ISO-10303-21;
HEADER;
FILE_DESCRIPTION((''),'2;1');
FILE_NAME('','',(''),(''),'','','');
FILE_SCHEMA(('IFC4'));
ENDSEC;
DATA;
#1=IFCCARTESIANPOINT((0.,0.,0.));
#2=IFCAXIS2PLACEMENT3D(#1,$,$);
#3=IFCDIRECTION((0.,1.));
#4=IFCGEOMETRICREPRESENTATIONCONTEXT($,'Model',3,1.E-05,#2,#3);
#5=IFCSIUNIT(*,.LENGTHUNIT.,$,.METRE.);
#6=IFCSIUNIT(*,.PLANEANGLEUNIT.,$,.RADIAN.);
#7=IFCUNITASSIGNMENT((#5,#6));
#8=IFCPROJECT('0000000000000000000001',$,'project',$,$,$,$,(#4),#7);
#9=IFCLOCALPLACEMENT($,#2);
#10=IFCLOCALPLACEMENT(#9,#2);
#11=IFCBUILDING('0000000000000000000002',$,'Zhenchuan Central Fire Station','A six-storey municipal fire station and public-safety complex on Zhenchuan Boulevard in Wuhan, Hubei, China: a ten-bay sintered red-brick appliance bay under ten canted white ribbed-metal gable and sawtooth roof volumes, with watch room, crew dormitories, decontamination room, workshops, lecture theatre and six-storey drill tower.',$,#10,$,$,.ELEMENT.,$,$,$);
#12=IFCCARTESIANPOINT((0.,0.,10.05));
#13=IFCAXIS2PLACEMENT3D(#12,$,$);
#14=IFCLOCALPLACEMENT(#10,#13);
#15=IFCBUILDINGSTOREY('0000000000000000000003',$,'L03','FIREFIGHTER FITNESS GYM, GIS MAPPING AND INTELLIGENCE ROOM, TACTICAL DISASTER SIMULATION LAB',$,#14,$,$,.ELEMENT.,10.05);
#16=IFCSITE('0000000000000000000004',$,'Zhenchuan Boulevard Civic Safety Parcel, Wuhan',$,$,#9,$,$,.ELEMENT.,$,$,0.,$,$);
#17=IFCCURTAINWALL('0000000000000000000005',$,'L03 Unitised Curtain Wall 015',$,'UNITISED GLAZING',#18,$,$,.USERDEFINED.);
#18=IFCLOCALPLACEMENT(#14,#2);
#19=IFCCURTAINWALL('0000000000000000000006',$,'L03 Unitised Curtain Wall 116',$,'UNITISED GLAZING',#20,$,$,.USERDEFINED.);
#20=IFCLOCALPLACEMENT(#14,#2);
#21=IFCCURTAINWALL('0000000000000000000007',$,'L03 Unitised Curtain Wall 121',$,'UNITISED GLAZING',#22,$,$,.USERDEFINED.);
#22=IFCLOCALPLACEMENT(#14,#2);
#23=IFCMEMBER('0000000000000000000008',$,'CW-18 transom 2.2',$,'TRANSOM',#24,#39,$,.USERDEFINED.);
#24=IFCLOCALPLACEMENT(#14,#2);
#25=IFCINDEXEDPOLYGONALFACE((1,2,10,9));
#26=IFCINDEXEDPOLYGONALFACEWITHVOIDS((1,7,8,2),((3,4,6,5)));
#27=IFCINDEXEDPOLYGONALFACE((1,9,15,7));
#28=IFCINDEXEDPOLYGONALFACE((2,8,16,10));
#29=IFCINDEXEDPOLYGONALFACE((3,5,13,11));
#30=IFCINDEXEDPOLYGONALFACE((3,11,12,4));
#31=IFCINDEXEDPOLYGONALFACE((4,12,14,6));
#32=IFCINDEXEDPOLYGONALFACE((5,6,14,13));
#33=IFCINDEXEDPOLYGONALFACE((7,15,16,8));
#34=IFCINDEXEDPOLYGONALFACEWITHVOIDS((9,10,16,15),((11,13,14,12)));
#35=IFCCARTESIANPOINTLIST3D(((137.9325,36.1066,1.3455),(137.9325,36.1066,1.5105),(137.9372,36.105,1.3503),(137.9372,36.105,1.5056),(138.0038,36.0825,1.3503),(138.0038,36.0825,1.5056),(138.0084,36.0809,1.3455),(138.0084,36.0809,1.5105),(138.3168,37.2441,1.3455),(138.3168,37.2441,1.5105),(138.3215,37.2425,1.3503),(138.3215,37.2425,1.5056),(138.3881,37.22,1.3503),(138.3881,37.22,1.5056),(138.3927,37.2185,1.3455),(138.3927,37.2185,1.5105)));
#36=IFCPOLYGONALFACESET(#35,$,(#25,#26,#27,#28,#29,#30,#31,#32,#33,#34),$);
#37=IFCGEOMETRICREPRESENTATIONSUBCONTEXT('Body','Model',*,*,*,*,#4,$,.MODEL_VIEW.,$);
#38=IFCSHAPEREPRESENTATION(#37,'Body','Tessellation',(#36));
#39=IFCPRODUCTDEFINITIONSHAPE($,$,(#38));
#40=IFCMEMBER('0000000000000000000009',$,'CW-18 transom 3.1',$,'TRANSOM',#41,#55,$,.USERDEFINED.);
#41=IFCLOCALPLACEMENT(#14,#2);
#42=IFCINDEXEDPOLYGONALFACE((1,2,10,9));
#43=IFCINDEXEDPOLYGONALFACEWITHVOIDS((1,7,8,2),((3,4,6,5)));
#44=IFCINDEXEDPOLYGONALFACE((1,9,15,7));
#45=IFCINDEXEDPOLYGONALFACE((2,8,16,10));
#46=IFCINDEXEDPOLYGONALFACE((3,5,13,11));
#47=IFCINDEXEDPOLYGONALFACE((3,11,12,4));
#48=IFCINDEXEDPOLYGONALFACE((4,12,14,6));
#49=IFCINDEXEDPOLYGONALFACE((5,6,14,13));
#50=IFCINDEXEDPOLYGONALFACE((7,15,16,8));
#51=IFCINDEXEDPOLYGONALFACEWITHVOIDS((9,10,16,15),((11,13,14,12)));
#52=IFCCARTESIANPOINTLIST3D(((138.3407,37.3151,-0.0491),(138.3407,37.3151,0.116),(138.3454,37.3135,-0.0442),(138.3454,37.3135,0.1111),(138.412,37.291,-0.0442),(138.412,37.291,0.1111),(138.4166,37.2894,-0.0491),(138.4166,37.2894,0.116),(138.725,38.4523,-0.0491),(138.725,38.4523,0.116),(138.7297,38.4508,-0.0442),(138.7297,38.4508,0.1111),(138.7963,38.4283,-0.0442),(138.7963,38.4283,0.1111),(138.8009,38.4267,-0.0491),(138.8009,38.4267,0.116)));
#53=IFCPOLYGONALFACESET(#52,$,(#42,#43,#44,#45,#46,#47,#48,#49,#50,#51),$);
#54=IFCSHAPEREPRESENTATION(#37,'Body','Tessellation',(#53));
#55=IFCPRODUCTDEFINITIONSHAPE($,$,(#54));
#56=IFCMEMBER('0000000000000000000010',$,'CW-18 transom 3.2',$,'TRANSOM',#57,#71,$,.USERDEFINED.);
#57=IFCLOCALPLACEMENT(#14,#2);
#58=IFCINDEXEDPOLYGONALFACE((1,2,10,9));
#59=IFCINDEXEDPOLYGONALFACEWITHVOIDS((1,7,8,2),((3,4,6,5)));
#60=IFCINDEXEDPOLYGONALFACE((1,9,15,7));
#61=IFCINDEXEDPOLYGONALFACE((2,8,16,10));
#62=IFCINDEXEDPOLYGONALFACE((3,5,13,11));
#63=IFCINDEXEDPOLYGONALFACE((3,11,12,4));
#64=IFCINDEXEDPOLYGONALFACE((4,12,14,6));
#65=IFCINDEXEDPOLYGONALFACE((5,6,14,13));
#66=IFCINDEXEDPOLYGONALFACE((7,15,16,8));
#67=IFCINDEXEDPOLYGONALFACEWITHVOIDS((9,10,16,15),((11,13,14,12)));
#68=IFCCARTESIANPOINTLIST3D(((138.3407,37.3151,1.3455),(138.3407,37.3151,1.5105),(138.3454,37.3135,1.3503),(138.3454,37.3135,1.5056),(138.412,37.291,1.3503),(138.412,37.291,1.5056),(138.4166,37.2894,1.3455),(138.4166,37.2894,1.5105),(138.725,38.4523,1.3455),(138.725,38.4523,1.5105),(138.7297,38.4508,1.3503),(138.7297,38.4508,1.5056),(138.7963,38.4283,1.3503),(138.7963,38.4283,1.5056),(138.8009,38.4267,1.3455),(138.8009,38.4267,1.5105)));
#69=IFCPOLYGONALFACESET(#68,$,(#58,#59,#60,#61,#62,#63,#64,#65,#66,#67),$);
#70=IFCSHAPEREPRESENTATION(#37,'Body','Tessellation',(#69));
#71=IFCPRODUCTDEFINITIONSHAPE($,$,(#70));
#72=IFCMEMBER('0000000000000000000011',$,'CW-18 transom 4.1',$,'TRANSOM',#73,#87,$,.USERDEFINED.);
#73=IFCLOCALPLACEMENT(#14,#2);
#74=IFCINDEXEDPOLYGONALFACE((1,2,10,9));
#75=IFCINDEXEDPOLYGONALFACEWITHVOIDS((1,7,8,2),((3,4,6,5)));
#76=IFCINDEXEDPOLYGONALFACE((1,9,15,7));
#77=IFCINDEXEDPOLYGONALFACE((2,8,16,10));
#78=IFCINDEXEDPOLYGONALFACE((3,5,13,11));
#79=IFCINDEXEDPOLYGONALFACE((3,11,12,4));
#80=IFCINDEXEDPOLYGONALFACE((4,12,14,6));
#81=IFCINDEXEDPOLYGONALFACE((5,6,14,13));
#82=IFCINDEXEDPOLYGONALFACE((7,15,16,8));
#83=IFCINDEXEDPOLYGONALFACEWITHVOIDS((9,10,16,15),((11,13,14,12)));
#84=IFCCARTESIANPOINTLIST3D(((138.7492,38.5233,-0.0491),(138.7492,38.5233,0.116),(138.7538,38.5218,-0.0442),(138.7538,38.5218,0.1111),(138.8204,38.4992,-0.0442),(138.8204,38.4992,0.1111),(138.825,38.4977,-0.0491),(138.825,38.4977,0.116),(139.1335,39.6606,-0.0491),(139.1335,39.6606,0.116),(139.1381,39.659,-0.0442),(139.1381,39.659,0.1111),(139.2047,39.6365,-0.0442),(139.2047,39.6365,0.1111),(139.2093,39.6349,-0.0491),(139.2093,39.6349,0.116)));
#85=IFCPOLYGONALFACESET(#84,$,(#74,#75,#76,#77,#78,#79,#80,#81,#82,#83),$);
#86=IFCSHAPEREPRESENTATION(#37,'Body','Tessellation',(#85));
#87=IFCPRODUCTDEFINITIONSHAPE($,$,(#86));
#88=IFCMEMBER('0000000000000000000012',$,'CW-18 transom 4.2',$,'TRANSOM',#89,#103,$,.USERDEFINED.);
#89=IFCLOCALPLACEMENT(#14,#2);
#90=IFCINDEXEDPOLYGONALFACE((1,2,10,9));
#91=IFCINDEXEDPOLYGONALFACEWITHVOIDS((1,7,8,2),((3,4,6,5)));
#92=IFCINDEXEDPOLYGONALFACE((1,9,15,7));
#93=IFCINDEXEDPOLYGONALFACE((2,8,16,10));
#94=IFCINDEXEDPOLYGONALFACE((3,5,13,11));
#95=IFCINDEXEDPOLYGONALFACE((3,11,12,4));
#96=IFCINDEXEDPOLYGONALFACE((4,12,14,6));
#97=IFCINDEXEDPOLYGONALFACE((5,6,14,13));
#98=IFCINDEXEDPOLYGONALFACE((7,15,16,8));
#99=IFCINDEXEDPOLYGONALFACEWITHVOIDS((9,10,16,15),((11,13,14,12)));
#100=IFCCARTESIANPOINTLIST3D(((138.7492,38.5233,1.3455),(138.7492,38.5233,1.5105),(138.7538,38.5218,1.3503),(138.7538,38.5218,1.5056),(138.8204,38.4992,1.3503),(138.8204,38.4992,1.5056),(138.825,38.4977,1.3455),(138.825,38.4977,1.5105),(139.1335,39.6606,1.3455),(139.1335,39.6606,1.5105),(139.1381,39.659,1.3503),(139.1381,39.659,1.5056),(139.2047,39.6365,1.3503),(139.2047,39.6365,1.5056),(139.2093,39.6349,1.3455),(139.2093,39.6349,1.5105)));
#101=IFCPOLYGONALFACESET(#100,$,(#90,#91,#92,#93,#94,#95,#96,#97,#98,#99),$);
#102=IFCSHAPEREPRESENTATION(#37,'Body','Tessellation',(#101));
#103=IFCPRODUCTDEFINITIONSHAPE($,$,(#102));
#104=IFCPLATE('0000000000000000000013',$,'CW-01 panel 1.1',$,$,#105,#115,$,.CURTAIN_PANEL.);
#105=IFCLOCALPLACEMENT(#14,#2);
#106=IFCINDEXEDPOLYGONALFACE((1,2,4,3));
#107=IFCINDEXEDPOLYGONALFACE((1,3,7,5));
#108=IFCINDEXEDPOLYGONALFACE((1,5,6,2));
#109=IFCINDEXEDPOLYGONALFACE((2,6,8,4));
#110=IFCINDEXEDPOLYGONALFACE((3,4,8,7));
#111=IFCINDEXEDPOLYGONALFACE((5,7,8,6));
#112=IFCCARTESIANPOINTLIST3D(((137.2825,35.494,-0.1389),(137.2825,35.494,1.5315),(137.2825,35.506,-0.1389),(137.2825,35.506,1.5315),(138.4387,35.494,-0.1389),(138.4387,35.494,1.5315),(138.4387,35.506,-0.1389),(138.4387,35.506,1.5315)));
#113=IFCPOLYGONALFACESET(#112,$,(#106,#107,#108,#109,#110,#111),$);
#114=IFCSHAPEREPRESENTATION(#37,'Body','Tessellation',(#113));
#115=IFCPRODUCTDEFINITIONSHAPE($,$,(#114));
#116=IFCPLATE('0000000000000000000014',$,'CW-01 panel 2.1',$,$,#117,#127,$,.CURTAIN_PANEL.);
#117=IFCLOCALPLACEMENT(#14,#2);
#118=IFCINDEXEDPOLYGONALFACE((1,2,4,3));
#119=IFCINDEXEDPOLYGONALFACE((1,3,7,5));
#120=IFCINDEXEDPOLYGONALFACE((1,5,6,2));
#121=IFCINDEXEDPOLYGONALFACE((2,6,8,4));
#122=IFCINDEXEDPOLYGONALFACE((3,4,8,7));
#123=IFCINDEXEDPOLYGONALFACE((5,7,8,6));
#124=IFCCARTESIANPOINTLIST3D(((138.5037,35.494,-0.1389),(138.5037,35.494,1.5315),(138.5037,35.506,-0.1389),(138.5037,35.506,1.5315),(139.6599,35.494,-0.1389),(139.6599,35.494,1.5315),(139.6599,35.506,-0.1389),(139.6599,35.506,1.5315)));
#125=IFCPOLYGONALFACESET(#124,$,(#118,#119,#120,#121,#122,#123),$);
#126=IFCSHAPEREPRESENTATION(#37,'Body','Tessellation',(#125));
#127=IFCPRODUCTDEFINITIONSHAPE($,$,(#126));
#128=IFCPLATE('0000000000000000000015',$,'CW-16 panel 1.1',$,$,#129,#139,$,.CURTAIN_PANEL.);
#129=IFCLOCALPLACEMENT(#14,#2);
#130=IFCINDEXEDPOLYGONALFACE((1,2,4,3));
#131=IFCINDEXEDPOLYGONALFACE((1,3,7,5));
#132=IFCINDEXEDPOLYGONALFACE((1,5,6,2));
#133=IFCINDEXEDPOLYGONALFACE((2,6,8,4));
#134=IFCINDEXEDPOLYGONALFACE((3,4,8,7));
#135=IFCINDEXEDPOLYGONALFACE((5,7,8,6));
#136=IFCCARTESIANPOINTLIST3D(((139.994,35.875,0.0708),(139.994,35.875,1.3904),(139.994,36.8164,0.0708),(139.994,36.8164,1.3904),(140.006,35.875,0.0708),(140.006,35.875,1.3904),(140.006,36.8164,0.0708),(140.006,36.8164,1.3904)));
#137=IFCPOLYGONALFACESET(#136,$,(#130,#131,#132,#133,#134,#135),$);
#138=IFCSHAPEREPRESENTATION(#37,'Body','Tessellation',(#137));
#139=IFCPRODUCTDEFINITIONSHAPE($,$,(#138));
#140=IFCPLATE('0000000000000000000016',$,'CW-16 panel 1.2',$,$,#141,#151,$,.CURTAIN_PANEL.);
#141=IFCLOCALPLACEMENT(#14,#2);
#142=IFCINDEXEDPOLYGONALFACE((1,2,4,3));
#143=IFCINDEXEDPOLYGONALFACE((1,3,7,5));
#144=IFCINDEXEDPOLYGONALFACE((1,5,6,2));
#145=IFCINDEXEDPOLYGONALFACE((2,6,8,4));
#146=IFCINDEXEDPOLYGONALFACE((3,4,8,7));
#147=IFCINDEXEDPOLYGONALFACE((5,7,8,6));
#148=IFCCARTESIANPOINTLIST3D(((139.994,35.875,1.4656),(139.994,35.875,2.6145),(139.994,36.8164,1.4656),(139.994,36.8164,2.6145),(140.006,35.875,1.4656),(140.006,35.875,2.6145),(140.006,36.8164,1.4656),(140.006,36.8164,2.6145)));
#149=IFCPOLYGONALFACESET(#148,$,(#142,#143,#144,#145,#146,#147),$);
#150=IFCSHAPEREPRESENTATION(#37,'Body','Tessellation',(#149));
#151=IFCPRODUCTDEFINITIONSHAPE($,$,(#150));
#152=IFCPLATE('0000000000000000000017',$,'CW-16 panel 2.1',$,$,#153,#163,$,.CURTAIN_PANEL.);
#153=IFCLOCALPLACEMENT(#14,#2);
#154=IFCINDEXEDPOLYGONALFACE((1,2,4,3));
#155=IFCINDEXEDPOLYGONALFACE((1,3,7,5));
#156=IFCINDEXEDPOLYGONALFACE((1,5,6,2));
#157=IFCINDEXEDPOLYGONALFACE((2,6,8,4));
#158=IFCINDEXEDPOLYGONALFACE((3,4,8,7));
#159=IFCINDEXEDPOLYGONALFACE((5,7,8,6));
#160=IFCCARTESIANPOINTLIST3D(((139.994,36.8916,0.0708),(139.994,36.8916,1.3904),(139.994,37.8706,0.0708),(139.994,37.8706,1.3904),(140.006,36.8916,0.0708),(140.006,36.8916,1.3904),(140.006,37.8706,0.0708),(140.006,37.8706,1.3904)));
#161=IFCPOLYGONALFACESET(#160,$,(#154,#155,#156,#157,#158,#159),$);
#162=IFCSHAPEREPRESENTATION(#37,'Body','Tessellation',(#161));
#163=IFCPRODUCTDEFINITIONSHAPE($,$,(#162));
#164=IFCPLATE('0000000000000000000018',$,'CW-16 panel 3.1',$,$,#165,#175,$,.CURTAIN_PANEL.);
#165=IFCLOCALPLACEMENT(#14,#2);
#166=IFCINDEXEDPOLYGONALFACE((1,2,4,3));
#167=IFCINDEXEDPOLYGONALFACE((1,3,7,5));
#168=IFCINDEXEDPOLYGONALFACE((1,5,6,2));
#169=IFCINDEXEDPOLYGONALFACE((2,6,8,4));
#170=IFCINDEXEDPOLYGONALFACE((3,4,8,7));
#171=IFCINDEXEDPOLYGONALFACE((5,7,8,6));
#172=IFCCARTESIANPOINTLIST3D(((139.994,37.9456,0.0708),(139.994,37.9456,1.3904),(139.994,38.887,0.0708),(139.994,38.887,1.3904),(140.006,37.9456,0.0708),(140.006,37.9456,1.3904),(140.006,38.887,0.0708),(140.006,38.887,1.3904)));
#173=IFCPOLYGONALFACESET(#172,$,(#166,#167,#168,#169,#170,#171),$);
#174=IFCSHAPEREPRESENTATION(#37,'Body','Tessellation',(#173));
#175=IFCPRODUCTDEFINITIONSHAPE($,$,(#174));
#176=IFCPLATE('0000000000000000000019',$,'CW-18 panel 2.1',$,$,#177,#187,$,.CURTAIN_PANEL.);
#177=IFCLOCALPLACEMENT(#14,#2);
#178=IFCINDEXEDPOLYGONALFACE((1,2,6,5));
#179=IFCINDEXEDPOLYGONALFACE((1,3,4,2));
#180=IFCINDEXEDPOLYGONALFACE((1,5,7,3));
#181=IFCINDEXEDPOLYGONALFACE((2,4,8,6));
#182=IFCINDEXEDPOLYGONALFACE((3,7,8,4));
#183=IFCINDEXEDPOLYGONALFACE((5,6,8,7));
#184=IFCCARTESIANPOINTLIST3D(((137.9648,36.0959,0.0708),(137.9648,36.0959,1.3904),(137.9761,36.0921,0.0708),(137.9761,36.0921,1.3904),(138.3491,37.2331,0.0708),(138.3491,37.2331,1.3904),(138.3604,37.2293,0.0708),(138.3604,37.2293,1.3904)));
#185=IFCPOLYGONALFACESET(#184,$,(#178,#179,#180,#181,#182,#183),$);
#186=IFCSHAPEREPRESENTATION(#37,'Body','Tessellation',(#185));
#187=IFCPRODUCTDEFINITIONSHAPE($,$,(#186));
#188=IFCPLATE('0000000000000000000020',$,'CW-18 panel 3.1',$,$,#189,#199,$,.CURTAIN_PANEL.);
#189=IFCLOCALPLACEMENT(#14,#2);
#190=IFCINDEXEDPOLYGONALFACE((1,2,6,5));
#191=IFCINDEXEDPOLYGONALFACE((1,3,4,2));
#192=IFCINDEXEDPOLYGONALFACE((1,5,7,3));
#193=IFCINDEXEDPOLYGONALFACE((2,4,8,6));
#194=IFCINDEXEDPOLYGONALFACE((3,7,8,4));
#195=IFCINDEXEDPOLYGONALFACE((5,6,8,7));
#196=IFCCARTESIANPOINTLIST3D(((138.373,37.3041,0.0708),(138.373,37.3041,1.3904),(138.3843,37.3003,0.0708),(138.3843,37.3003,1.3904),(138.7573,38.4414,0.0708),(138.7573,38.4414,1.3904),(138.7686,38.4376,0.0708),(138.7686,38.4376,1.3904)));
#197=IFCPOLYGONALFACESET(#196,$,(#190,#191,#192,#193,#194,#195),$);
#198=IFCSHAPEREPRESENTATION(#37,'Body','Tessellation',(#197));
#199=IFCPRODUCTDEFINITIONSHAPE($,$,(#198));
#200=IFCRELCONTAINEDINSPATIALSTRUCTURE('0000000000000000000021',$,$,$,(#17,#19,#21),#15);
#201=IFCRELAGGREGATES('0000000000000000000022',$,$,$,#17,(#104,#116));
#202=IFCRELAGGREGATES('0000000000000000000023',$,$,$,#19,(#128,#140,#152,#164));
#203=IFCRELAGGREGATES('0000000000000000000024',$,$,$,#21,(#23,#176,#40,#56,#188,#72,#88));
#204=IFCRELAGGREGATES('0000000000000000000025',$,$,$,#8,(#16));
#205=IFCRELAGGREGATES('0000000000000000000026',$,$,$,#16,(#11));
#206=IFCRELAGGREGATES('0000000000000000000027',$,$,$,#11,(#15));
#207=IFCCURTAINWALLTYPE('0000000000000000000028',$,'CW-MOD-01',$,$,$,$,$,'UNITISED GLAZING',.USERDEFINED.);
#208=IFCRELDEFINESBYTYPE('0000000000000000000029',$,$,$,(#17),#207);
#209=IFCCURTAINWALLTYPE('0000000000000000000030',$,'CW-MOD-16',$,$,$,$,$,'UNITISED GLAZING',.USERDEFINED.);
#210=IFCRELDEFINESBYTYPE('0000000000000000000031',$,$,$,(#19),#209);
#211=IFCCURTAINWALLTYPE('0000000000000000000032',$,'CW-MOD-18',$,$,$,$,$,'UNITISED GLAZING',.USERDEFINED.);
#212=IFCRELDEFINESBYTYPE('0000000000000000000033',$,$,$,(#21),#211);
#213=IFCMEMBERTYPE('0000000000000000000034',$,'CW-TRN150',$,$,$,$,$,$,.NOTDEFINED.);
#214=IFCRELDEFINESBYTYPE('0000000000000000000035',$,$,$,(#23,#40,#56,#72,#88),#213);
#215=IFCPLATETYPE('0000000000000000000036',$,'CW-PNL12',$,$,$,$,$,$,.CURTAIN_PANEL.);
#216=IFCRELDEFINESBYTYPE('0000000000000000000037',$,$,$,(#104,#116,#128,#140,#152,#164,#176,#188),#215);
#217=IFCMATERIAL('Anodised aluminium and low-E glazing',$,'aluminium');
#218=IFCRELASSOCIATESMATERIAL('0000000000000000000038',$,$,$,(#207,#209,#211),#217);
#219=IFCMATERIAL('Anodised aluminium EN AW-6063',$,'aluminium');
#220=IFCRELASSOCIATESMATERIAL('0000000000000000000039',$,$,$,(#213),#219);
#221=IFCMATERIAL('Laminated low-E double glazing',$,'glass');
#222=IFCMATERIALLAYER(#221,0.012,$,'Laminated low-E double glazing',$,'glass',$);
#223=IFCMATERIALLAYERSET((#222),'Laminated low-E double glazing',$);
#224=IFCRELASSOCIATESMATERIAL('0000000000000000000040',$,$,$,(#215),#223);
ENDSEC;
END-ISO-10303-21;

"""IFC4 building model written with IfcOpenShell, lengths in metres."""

from ifc_helpers import new_model, si_unit, direction, frame, origin, origin_2d, place, context, subcontext, project, spatial, rectangle, hollow_rectangle, extrude, material, layer, layer_set, material_profile, profile_set, type_object, element, aggregate, save


model = new_model("IFC4")

# Units and contexts
model_context = context("Model", 3, precision=1e-05, world=origin(), true_north=direction((0.0, 1.0)))
body_context = subcontext(model_context, "Body", "Model", "MODEL_VIEW")
ifc_project = project(units=[si_unit("LENGTHUNIT", "METRE"), si_unit("PLANEANGLEUNIT", "RADIAN")], contexts=[model_context])

# Site, building, storey
site_placement = place(None, origin())
site = spatial("IfcSite", under=ifc_project, at=site_placement, Name="Zhenchuan Boulevard Civic Safety Parcel, Wuhan", CompositionType="ELEMENT", RefElevation=0.0)
building_placement = place(site_placement, origin())
building = spatial("IfcBuilding", under=site, at=building_placement, Name="Zhenchuan Central Fire Station", Description="A six-storey municipal fire station and public-safety complex on Zhenchuan Boulevard in Wuhan, Hubei, China: a ten-bay sintered red-brick appliance bay under ten canted white ribbed-metal gable and sawtooth roof volumes, with watch room, crew dormitories, decontamination room, workshops, lecture theatre and six-storey drill tower.", CompositionType="ELEMENT")
storey_placement = place(building_placement, frame((0.0, 0.0, 10.05)))
storey = spatial("IfcBuildingStorey", under=building, at=storey_placement, Name="L03", Description="FIREFIGHTER FITNESS GYM, GIS MAPPING AND INTELLIGENCE ROOM, TACTICAL DISASTER SIMULATION LAB", CompositionType="ELEMENT", Elevation=10.05)

# Curtain walls
ifc_material_1 = material(Name="Anodised aluminium and low-E glazing", Category="aluminium")
curtain_wall_type_1 = type_object("IfcCurtainWallType", Name="CW-MOD-01", ElementType="UNITISED GLAZING", PredefinedType="USERDEFINED", material=ifc_material_1)
curtain_wall_1_placement = place(storey_placement, origin())
curtain_wall_1 = element("IfcCurtainWall", 1, at=curtain_wall_1_placement, inside=storey, type_object=curtain_wall_type_1, Name="L03 Unitised Curtain Wall 015", ObjectType="UNITISED GLAZING", PredefinedType="USERDEFINED")
ifc_material_2 = material(Name="Anodised aluminium EN AW-6063", Category="aluminium")
curtain_wall_type_2 = type_object("IfcCurtainWallType", Name="CW-MOD-16", ElementType="UNITISED GLAZING", PredefinedType="USERDEFINED", material=ifc_material_1)
curtain_wall_2_placement = place(storey_placement, origin())
curtain_wall_2 = element("IfcCurtainWall", 2, at=curtain_wall_2_placement, inside=storey, type_object=curtain_wall_type_2, Name="L03 Unitised Curtain Wall 116", ObjectType="UNITISED GLAZING", PredefinedType="USERDEFINED")

# Curtain wall
curtain_wall_type_3 = type_object("IfcCurtainWallType", Name="CW-MOD-18", ElementType="UNITISED GLAZING", PredefinedType="USERDEFINED", material=ifc_material_1)
curtain_wall_3_placement = place(storey_placement, origin())
curtain_wall_3 = element("IfcCurtainWall", 3, at=curtain_wall_3_placement, inside=storey, type_object=curtain_wall_type_3, Name="L03 Unitised Curtain Wall 121", ObjectType="UNITISED GLAZING", PredefinedType="USERDEFINED")

# Members
ifc_material_profile_1 = material_profile(ifc_material_2, hollow_rectangle(XDim=0.0801, YDim=0.165, WallThickness=0.0049, at=origin_2d()), Name="ALU-T 165x80")
ifc_profile_set_1 = profile_set([ifc_material_profile_1], Name="Anodised aluminium EN AW-6063")
member_type_1 = type_object("IfcMemberType", Name="CW-TRN150", PredefinedType="NOTDEFINED", material=ifc_profile_set_1)
member_1_placement = place(storey_placement, frame((137.9705, 36.0938, 1.428), z_axis=(0.320068, 0.947394, 0.0), x_axis=(-0.947394, 0.320068, 0.0)))
member_1 = element("IfcMember", 4, at=member_1_placement, type_object=member_type_1, Name="CW-18 transom 2.2", ObjectType="TRANSOM", PredefinedType="USERDEFINED", context=body_context, shape_type="SweptSolid", body=[
    extrude(hollow_rectangle(XDim=0.0801, YDim=0.165, WallThickness=0.0049, at=origin_2d()), origin(), (0.0, 0.0, 1.0), 1.2007),
])
member_2_placement = place(storey_placement, frame((138.3787, 37.3022, 0.0334), z_axis=(0.32013, 0.947374, 0.0), x_axis=(-0.947374, 0.32013, 0.0)))
member_2 = element("IfcMember", 5, at=member_2_placement, type_object=member_type_1, Name="CW-18 transom 3.1", ObjectType="TRANSOM", PredefinedType="USERDEFINED", context=body_context, shape_type="SweptSolid", body=[
    extrude(hollow_rectangle(XDim=0.0801, YDim=0.165, WallThickness=0.0049, at=origin_2d()), origin(), (0.0, 0.0, 1.0), 1.2004),
])
member_3_placement = place(storey_placement, frame((138.3787, 37.3022, 1.428), z_axis=(0.32013, 0.947374, 0.0), x_axis=(-0.947374, 0.32013, 0.0)))
member_3 = element("IfcMember", 6, at=member_3_placement, type_object=member_type_1, Name="CW-18 transom 3.2", ObjectType="TRANSOM", PredefinedType="USERDEFINED", context=body_context, shape_type="SweptSolid", body=[
    extrude(hollow_rectangle(XDim=0.0801, YDim=0.165, WallThickness=0.0049, at=origin_2d()), origin(), (0.0, 0.0, 1.0), 1.2004),
])
member_4_placement = place(storey_placement, frame((138.7871, 38.5105, 0.0334), z_axis=(0.32013, 0.947374, 0.0), x_axis=(-0.947374, 0.32013, 0.0)))
member_4 = element("IfcMember", 7, at=member_4_placement, type_object=member_type_1, Name="CW-18 transom 4.1", ObjectType="TRANSOM", PredefinedType="USERDEFINED", context=body_context, shape_type="SweptSolid", body=[
    extrude(hollow_rectangle(XDim=0.0801, YDim=0.165, WallThickness=0.0049, at=origin_2d()), origin(), (0.0, 0.0, 1.0), 1.2004),
])
member_5_placement = place(storey_placement, frame((138.7871, 38.5105, 1.428), z_axis=(0.32013, 0.947374, 0.0), x_axis=(-0.947374, 0.32013, 0.0)))
member_5 = element("IfcMember", 8, at=member_5_placement, type_object=member_type_1, Name="CW-18 transom 4.2", ObjectType="TRANSOM", PredefinedType="USERDEFINED", context=body_context, shape_type="SweptSolid", body=[
    extrude(hollow_rectangle(XDim=0.0801, YDim=0.165, WallThickness=0.0049, at=origin_2d()), origin(), (0.0, 0.0, 1.0), 1.2004),
])

# Plates
ifc_material_3 = material(Name="Laminated low-E double glazing", Category="glass")
ifc_layer = layer(ifc_material_3, 0.012, Name="Laminated low-E double glazing", Category="glass")
ifc_layer_set = layer_set([ifc_layer], Name="Laminated low-E double glazing")
plate_type = type_object("IfcPlateType", Name="CW-PNL12", PredefinedType="CURTAIN_PANEL", material=ifc_layer_set)
plate_1_placement = place(storey_placement, frame((137.8606, 35.5, -0.1389), z_axis=(0.0, 0.0, 1.0), x_axis=(1.0, 0.0, 0.0)))
plate_1 = element("IfcPlate", 9, at=plate_1_placement, type_object=plate_type, Name="CW-01 panel 1.1", PredefinedType="CURTAIN_PANEL", context=body_context, shape_type="SweptSolid", body=[
    extrude(rectangle(XDim=1.1562, YDim=0.012, at=origin_2d()), origin(), (0.0, 0.0, 1.0), 1.6704),
])
plate_2_placement = place(storey_placement, frame((139.0818, 35.5, -0.1389), z_axis=(0.0, 0.0, 1.0), x_axis=(1.0, 0.0, 0.0)))
plate_2 = element("IfcPlate", 10, at=plate_2_placement, type_object=plate_type, Name="CW-01 panel 2.1", PredefinedType="CURTAIN_PANEL", context=body_context, shape_type="SweptSolid", body=[
    extrude(rectangle(XDim=1.1562, YDim=0.012, at=origin_2d()), origin(), (0.0, 0.0, 1.0), 1.6704),
])
aggregate(curtain_wall_1, [plate_1, plate_2])
plate_3_placement = place(storey_placement, frame((140.0, 36.3457, 0.0708), z_axis=(0.0, 0.0, 1.0), x_axis=(0.0, 1.0, 0.0)))
plate_3 = element("IfcPlate", 11, at=plate_3_placement, type_object=plate_type, Name="CW-16 panel 1.1", PredefinedType="CURTAIN_PANEL", context=body_context, shape_type="SweptSolid", body=[
    extrude(rectangle(XDim=0.9414, YDim=0.012, at=origin_2d()), origin(), (0.0, 0.0, 1.0), 1.3196),
])
plate_4_placement = place(storey_placement, frame((140.0, 36.3457, 1.4656), z_axis=(0.0, 0.0, 1.0), x_axis=(0.0, 1.0, 0.0)))
plate_4 = element("IfcPlate", 12, at=plate_4_placement, type_object=plate_type, Name="CW-16 panel 1.2", PredefinedType="CURTAIN_PANEL", context=body_context, shape_type="SweptSolid", body=[
    extrude(rectangle(XDim=0.9414, YDim=0.012, at=origin_2d()), origin(), (0.0, 0.0, 1.0), 1.1489),
])
plate_5_placement = place(storey_placement, frame((140.0, 37.3811, 0.0708), z_axis=(0.0, 0.0, 1.0), x_axis=(0.0, 1.0, 0.0)))
plate_5 = element("IfcPlate", 13, at=plate_5_placement, type_object=plate_type, Name="CW-16 panel 2.1", PredefinedType="CURTAIN_PANEL", context=body_context, shape_type="SweptSolid", body=[
    extrude(rectangle(XDim=0.979, YDim=0.012, at=origin_2d()), origin(), (0.0, 0.0, 1.0), 1.3196),
])
plate_6_placement = place(storey_placement, frame((140.0, 38.4163, 0.0708), z_axis=(0.0, 0.0, 1.0), x_axis=(0.0, 1.0, 0.0)))
plate_6 = element("IfcPlate", 14, at=plate_6_placement, type_object=plate_type, Name="CW-16 panel 3.1", PredefinedType="CURTAIN_PANEL", context=body_context, shape_type="SweptSolid", body=[
    extrude(rectangle(XDim=0.9414, YDim=0.012, at=origin_2d()), origin(), (0.0, 0.0, 1.0), 1.3196),
])
aggregate(curtain_wall_2, [plate_3, plate_4, plate_5, plate_6])
plate_7_placement = place(storey_placement, frame((138.1626, 36.6626, 0.0708), z_axis=(0.0, 0.0, 1.0), x_axis=(0.320145, 0.947368, 0.0)))
plate_7 = element("IfcPlate", 15, at=plate_7_placement, type_object=plate_type, Name="CW-18 panel 2.1", PredefinedType="CURTAIN_PANEL", context=body_context, shape_type="SweptSolid", body=[
    extrude(rectangle(XDim=1.2004, YDim=0.012, at=origin_2d()), origin(), (0.0, 0.0, 1.0), 1.3196),
])
plate_8_placement = place(storey_placement, frame((138.5708, 37.8708, 0.0708), z_axis=(0.0, 0.0, 1.0), x_axis=(0.320145, 0.947368, 0.0)))
plate_8 = element("IfcPlate", 16, at=plate_8_placement, type_object=plate_type, Name="CW-18 panel 3.1", PredefinedType="CURTAIN_PANEL", context=body_context, shape_type="SweptSolid", body=[
    extrude(rectangle(XDim=1.2004, YDim=0.012, at=origin_2d()), origin(), (0.0, 0.0, 1.0), 1.3196),
])
aggregate(curtain_wall_3, [member_1, plate_7, member_2, member_3, plate_8, member_4, member_5])

save(model, "model.ifc")
